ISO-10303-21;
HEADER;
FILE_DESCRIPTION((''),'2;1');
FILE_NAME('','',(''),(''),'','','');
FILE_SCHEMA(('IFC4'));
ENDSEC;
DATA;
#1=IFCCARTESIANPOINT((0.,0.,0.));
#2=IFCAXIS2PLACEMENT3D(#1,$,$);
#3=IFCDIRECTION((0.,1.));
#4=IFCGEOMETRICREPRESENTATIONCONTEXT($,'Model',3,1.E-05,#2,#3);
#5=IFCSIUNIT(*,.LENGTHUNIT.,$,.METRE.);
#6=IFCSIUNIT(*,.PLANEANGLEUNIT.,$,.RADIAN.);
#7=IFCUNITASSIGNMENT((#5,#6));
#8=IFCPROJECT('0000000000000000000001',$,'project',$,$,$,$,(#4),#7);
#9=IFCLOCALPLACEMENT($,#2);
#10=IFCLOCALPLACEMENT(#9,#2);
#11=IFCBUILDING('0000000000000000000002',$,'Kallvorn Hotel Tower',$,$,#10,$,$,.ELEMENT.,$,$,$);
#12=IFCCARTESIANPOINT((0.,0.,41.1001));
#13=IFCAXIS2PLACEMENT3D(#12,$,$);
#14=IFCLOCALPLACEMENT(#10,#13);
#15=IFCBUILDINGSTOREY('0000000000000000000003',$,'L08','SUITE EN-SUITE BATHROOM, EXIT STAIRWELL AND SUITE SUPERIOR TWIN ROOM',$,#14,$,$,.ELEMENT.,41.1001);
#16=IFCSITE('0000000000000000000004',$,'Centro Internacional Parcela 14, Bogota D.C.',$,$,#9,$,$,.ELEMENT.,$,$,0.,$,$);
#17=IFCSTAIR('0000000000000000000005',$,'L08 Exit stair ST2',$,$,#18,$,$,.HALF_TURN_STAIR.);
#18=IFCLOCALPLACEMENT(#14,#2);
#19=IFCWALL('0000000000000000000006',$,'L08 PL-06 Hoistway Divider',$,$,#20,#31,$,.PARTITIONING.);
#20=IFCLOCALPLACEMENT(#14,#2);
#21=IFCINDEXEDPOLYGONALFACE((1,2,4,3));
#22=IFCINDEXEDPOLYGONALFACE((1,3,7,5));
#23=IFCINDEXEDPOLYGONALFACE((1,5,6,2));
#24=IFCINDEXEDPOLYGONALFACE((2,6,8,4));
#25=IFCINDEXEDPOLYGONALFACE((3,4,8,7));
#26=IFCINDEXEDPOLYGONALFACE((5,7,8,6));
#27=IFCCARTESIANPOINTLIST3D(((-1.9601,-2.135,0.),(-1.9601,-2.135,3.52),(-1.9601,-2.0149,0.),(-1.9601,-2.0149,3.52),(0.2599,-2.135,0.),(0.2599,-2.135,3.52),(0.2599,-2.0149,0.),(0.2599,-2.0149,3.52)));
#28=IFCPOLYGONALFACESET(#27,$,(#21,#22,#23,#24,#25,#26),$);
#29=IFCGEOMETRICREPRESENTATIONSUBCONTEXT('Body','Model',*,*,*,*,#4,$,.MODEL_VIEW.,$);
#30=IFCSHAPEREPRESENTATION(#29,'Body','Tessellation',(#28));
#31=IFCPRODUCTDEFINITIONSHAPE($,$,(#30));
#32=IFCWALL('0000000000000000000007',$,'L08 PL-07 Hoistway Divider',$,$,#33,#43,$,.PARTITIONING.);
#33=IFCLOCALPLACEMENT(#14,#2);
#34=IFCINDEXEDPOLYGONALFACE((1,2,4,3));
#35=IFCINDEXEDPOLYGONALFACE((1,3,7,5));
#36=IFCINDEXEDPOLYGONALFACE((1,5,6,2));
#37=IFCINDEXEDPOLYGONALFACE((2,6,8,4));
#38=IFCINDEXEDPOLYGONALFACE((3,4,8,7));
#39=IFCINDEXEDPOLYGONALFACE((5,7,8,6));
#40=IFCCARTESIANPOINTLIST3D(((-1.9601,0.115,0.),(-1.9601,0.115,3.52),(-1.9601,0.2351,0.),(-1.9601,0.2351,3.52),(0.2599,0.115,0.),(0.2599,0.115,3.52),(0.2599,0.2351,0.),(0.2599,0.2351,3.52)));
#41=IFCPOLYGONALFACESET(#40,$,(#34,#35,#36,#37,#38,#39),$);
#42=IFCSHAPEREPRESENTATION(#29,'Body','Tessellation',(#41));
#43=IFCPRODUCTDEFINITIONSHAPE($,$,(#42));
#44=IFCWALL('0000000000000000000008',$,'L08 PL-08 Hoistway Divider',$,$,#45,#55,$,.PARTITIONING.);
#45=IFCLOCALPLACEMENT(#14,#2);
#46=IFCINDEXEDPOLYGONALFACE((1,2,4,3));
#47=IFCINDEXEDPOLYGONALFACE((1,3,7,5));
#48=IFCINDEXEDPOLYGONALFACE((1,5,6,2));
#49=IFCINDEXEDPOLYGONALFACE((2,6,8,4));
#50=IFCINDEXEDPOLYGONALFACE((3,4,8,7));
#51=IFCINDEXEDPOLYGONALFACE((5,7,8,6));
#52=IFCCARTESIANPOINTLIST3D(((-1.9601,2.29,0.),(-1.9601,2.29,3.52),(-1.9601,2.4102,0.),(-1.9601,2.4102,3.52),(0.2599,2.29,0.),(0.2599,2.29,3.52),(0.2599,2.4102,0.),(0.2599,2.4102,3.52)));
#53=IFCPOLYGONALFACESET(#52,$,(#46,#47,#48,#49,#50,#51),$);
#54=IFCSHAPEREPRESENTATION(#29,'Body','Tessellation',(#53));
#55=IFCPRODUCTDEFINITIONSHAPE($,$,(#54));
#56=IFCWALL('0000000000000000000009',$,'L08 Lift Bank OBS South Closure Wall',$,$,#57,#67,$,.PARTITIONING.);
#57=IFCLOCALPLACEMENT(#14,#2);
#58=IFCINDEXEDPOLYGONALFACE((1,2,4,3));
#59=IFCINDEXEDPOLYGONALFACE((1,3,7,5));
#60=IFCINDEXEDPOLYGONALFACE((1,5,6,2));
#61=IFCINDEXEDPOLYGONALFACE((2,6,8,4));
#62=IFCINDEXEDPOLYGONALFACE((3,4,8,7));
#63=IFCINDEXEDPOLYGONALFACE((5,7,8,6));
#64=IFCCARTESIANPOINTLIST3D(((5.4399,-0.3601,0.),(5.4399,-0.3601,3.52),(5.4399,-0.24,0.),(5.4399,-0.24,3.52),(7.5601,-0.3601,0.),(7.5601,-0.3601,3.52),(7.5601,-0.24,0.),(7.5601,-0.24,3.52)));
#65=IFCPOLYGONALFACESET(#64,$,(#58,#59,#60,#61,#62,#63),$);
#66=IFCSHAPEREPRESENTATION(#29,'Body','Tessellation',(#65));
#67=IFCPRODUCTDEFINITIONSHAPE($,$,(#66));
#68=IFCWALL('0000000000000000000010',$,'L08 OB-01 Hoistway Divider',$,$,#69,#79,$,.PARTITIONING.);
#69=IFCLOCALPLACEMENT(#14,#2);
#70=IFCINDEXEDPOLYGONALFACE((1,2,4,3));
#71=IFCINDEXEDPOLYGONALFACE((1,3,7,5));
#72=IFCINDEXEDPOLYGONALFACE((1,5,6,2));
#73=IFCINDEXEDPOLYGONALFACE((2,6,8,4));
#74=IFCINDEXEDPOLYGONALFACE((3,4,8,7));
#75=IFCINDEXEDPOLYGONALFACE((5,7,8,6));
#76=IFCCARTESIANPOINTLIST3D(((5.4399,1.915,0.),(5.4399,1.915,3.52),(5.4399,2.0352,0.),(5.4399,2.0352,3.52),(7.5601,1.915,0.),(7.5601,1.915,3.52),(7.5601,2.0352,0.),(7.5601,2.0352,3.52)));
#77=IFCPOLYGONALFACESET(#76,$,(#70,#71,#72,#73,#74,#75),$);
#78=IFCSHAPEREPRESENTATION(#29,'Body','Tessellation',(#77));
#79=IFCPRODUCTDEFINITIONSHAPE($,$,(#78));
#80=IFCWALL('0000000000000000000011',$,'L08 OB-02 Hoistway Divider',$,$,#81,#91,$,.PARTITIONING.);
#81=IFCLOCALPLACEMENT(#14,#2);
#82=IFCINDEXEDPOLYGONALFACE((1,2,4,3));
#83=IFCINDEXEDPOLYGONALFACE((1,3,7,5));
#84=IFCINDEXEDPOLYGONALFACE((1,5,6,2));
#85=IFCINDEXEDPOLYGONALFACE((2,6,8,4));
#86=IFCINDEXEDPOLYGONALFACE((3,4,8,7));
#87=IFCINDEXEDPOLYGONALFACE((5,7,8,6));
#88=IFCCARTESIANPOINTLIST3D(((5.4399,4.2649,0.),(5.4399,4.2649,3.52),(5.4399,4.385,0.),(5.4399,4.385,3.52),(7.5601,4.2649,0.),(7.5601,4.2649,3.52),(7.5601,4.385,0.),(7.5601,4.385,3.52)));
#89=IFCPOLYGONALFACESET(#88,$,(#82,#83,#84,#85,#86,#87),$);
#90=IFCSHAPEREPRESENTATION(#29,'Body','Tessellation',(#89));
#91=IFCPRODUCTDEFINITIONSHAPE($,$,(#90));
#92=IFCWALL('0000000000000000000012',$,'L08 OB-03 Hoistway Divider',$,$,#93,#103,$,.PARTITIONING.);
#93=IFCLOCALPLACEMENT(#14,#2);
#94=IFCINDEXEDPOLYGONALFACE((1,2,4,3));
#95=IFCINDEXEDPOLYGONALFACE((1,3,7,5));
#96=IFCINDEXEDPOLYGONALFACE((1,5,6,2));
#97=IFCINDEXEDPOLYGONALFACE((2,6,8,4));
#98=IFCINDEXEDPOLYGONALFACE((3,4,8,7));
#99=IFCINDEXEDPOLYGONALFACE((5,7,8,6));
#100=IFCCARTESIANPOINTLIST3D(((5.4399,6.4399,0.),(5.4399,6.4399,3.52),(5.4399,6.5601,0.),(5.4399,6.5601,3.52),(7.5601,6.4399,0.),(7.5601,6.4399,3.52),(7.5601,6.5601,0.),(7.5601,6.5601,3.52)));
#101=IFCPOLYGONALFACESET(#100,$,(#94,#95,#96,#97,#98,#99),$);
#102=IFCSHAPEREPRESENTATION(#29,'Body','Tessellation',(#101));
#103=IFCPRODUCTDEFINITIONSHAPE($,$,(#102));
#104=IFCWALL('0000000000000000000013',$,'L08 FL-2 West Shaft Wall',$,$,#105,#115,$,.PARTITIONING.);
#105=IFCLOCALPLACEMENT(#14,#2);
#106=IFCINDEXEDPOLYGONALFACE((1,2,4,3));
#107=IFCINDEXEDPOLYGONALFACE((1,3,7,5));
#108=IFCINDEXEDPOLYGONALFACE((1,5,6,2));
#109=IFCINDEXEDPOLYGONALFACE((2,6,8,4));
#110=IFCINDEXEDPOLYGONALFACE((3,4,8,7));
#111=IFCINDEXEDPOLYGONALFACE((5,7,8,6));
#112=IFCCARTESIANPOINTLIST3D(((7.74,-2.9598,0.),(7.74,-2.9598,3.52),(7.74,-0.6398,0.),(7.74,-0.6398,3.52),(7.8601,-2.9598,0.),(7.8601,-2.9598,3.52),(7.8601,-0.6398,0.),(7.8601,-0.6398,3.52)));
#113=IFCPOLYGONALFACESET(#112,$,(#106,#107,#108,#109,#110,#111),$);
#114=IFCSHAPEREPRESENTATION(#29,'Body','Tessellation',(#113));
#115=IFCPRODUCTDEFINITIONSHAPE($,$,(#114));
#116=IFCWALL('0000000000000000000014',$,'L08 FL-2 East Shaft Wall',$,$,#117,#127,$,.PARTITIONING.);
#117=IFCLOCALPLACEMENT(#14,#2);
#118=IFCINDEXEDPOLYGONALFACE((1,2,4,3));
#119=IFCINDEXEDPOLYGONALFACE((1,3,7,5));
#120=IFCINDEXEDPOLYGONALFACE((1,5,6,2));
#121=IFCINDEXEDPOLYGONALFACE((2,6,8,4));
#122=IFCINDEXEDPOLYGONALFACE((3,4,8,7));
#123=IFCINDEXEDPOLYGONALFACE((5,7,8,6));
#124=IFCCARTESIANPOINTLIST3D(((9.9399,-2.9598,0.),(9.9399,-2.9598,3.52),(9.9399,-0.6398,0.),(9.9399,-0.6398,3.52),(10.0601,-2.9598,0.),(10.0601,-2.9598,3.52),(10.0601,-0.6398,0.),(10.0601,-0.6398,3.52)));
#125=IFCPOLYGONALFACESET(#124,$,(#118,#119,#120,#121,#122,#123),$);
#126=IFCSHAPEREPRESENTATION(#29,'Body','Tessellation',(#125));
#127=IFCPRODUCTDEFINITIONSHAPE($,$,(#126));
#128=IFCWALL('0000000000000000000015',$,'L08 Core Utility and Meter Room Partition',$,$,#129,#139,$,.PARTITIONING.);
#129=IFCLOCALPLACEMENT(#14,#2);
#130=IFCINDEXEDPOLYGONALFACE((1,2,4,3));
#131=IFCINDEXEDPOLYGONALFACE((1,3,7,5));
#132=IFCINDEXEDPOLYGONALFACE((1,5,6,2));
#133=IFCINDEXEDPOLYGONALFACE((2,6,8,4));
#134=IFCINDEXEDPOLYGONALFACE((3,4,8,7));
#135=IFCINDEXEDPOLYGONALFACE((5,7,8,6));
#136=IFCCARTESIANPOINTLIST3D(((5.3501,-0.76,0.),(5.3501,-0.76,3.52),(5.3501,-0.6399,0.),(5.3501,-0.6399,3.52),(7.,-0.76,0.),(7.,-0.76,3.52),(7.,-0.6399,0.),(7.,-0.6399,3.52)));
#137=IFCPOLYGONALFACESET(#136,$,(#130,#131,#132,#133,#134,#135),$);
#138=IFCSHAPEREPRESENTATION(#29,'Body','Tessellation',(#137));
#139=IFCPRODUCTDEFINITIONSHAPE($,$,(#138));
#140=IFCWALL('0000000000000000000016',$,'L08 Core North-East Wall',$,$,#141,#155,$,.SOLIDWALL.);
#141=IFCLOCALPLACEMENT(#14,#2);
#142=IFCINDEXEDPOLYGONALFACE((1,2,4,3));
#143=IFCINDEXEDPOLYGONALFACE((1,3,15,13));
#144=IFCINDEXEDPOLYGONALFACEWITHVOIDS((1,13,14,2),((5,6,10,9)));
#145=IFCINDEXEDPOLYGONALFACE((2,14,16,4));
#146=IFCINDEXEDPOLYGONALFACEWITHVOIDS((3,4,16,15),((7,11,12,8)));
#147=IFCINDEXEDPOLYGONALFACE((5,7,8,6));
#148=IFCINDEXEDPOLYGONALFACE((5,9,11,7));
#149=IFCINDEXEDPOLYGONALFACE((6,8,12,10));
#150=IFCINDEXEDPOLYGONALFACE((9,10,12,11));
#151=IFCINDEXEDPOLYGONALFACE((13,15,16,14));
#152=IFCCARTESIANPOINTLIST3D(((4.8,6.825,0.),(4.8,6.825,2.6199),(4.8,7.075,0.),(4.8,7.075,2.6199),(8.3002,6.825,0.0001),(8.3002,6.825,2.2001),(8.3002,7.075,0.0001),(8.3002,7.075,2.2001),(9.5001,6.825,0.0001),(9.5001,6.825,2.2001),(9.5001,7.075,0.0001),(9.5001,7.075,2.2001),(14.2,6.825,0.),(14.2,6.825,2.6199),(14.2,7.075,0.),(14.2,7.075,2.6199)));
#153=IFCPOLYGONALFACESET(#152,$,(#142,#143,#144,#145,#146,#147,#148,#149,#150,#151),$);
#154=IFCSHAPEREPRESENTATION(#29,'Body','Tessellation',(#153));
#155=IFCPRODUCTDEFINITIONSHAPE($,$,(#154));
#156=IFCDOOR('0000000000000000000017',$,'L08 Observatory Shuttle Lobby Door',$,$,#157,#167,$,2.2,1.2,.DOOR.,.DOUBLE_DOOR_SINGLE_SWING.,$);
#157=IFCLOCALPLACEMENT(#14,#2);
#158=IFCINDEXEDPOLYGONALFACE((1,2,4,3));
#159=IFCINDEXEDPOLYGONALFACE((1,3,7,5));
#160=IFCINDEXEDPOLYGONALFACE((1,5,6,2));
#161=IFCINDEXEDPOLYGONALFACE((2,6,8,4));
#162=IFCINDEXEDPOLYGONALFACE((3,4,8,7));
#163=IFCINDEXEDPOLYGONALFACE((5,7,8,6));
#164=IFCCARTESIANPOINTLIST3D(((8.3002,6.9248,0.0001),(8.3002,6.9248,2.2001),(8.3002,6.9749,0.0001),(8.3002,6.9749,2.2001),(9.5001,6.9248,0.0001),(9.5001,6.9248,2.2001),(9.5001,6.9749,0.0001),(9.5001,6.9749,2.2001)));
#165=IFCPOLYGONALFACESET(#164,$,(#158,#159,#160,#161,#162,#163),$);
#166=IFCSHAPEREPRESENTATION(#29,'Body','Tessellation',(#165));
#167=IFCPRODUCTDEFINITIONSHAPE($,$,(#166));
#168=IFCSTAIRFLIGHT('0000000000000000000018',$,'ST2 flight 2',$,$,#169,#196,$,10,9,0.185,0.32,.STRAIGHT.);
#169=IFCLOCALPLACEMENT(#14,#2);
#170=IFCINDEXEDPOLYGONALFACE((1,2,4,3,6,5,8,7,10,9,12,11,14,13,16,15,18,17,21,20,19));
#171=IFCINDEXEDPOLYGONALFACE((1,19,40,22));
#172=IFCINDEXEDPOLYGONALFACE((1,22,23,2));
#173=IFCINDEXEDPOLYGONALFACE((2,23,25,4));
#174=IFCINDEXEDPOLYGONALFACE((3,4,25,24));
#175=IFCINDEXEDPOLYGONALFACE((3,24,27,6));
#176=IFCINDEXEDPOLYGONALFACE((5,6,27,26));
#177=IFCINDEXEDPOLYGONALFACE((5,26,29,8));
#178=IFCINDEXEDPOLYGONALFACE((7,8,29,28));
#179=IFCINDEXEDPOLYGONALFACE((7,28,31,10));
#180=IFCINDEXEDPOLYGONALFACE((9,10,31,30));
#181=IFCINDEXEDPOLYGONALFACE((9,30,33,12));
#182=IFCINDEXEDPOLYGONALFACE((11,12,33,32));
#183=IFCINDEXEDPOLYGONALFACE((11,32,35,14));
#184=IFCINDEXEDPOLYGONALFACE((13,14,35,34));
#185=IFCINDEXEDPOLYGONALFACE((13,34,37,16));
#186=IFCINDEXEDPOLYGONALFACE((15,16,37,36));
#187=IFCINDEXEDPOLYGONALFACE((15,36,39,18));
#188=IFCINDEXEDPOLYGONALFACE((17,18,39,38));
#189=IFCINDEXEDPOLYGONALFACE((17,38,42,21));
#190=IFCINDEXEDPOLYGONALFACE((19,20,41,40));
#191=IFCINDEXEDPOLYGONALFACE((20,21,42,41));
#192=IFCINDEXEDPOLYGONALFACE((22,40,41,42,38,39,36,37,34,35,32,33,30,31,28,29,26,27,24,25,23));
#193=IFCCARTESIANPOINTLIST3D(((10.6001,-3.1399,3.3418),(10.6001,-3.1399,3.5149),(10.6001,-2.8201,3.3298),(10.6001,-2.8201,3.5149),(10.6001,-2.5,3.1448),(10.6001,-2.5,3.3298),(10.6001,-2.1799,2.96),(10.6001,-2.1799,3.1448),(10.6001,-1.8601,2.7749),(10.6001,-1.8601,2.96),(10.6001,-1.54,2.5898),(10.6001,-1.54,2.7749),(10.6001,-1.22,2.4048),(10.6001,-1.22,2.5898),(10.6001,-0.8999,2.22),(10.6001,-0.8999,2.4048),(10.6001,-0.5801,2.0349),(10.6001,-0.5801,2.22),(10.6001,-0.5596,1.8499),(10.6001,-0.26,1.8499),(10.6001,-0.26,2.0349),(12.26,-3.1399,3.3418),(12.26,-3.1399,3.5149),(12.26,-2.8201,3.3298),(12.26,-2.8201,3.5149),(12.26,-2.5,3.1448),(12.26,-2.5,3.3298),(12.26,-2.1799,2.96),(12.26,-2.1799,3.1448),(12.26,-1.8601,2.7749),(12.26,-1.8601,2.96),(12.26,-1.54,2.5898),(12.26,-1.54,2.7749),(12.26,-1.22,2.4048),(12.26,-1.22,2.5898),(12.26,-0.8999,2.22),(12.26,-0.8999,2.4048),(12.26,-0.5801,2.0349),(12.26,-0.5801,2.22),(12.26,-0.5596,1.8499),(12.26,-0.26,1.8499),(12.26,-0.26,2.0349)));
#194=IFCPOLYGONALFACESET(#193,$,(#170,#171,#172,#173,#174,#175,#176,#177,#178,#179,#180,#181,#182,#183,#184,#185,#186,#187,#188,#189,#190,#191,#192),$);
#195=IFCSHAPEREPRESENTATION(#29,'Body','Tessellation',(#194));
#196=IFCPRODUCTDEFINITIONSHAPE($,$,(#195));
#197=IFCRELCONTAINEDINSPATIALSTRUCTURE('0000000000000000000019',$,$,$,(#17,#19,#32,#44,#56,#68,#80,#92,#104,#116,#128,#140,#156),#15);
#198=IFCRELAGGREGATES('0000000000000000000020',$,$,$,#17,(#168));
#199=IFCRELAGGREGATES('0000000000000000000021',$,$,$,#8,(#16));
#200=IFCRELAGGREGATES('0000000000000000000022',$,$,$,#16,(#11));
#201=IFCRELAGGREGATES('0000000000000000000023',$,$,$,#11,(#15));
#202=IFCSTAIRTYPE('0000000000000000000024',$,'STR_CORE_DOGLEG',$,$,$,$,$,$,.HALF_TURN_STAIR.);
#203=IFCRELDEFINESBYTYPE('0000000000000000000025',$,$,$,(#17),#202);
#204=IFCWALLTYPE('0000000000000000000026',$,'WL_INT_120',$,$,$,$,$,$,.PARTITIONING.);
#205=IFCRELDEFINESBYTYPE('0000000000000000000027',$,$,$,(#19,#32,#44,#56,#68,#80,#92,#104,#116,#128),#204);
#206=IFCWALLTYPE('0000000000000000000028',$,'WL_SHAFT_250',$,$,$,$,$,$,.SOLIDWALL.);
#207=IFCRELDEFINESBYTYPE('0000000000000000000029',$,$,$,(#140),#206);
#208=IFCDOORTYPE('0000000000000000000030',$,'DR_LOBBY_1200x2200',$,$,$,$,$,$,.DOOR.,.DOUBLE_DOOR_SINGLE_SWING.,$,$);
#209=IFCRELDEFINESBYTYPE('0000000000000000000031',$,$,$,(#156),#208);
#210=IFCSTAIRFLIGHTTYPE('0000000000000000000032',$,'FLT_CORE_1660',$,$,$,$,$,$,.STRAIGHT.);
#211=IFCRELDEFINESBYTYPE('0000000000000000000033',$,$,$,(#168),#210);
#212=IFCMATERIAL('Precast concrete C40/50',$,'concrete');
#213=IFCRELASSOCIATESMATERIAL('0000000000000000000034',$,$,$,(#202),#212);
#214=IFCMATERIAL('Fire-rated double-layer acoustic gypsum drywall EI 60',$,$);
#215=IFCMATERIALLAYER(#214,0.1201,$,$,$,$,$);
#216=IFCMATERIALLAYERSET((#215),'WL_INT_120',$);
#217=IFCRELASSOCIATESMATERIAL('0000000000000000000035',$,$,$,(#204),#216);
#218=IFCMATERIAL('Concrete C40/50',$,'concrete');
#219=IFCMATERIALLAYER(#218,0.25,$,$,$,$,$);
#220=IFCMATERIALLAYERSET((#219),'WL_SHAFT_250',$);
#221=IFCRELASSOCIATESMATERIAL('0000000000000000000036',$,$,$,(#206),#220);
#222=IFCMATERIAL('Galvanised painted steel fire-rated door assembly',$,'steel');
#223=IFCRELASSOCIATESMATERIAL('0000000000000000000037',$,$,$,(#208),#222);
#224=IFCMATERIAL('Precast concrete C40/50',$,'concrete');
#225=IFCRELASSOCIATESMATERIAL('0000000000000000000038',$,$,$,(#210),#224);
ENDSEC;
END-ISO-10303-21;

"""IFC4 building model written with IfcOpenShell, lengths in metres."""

from ifc_helpers import new_model, si_unit, direction, frame, frame_2d, origin, place, context, subcontext, project, spatial, polyline, rectangle, outline, extrude, material, layer, layer_set, type_object, element, fill, aggregate, save


model = new_model("IFC4")

# Units and contexts
model_context = context("Model", 3, precision=1e-05, world=origin(), true_north=direction((0.0, 1.0)))
body_context = subcontext(model_context, "Body", "Model", "MODEL_VIEW")
ifc_project = project(units=[si_unit("LENGTHUNIT", "METRE"), si_unit("PLANEANGLEUNIT", "RADIAN")], contexts=[model_context])

# Site, building, storey
site_placement = place(None, origin())
site = spatial("IfcSite", under=ifc_project, at=site_placement, Name="Centro Internacional Parcela 14, Bogota D.C.", CompositionType="ELEMENT", RefElevation=0.0)
building_placement = place(site_placement, origin())
building = spatial("IfcBuilding", under=site, at=building_placement, Name="Kallvorn Hotel Tower", CompositionType="ELEMENT")
storey_placement = place(building_placement, frame((0.0, 0.0, 41.1001)))
storey = spatial("IfcBuildingStorey", under=building, at=storey_placement, Name="L08", Description="SUITE EN-SUITE BATHROOM, EXIT STAIRWELL AND SUITE SUPERIOR TWIN ROOM", CompositionType="ELEMENT", Elevation=41.1001)

# Stair
ifc_material_1 = material(Name="Precast concrete C40/50", Category="concrete")
stair_type = type_object("IfcStairType", Name="STR_CORE_DOGLEG", PredefinedType="HALF_TURN_STAIR", material=ifc_material_1)
stair_1_placement = place(storey_placement, origin())
stair_1 = element("IfcStair", 1, at=stair_1_placement, inside=storey, type_object=stair_type, Name="L08 Exit stair ST2", PredefinedType="HALF_TURN_STAIR")

# Walls
ifc_material_2 = material(Name="Fire-rated double-layer acoustic gypsum drywall EI 60")
ifc_layer_1 = layer(ifc_material_2, 0.1201)
ifc_layer_set_1 = layer_set([ifc_layer_1], Name="WL_INT_120")
wall_type_1 = type_object("IfcWallType", Name="WL_INT_120", PredefinedType="PARTITIONING", material=ifc_layer_set_1)
for number, where, z_axis, x_axis, name in (
    (2, (-1.96, -2.075, 0.0), (0.0, 0.0, 1.0), (1.0, 0.0, 0.0), "L08 PL-06 Hoistway Divider"),
    (3, (-1.96, 0.175, 0.0), (0.0, 0.0, 1.0), (1.0, 0.0, 0.0), "L08 PL-07 Hoistway Divider"),
    (4, (-1.96, 2.3501, 0.0), (0.0, 0.0, 1.0), (1.0, 0.0, 0.0), "L08 PL-08 Hoistway Divider"),
):
    element("IfcWall", number, at=place(storey_placement, frame(where, z_axis=z_axis, x_axis=x_axis)), inside=storey, type_object=wall_type_1, Name=name, PredefinedType="PARTITIONING", context=body_context, shape_type="SweptSolid", body=[
        extrude(rectangle(XDim=2.22, YDim=0.1201, at=frame_2d((1.1099, 0.0))), origin(), (0.0, 0.0, 1.0), 3.52),
    ])
for number, where, z_axis, x_axis, name in (
    (5, (5.4399, -0.3, 0.0), (0.0, 0.0, 1.0), (1.0, 0.0, 0.0), "L08 Lift Bank OBS South Closure Wall"),
    (6, (5.4399, 1.9751, 0.0), (0.0, 0.0, 1.0), (1.0, 0.0, 0.0), "L08 OB-01 Hoistway Divider"),
    (7, (5.4399, 4.325, 0.0), (0.0, 0.0, 1.0), (1.0, 0.0, 0.0), "L08 OB-02 Hoistway Divider"),
    (8, (5.4399, 6.5, 0.0), (0.0, 0.0, 1.0), (1.0, 0.0, 0.0), "L08 OB-03 Hoistway Divider"),
):
    element("IfcWall", number, at=place(storey_placement, frame(where, z_axis=z_axis, x_axis=x_axis)), inside=storey, type_object=wall_type_1, Name=name, PredefinedType="PARTITIONING", context=body_context, shape_type="SweptSolid", body=[
        extrude(rectangle(XDim=2.1201, YDim=0.1201, at=frame_2d((1.0601, 0.0))), origin(), (0.0, 0.0, 1.0), 3.52),
    ])
for number, where, z_axis, x_axis, name in (
    (9, (7.8, -2.96, 0.0), (0.0, 0.0, 1.0), (0.0, 1.0, 0.0), "L08 FL-2 West Shaft Wall"),
    (10, (10.0, -2.96, 0.0), (0.0, 0.0, 1.0), (0.0, 1.0, 0.0), "L08 FL-2 East Shaft Wall"),
):
    element("IfcWall", number, at=place(storey_placement, frame(where, z_axis=z_axis, x_axis=x_axis)), inside=storey, type_object=wall_type_1, Name=name, PredefinedType="PARTITIONING", context=body_context, shape_type="SweptSolid", body=[
        extrude(rectangle(XDim=2.3201, YDim=0.1201, at=frame_2d((1.1602, 0.0))), origin(), (0.0, 0.0, 1.0), 3.52),
    ])
wall_1_placement = place(storey_placement, frame((5.3501, -0.7, 0.0), z_axis=(0.0, 0.0, 1.0), x_axis=(1.0, 0.0, 0.0)))
element("IfcWall", 11, at=wall_1_placement, inside=storey, type_object=wall_type_1, Name="L08 Core Utility and Meter Room Partition", PredefinedType="PARTITIONING", context=body_context, shape_type="SweptSolid", body=[
    extrude(rectangle(XDim=1.6499, YDim=0.1201, at=frame_2d((0.825, 0.0))), origin(), (0.0, 0.0, 1.0), 3.52),
])

# Wall, opening, door
ifc_material_3 = material(Name="Concrete C40/50", Category="concrete")
ifc_layer_2 = layer(ifc_material_3, 0.25)
ifc_layer_set_2 = layer_set([ifc_layer_2], Name="WL_SHAFT_250")
wall_type_2 = type_object("IfcWallType", Name="WL_SHAFT_250", PredefinedType="SOLIDWALL", material=ifc_layer_set_2)
wall_2_placement = place(storey_placement, frame((4.8, 6.95, 0.0), z_axis=(0.0, 0.0, 1.0), x_axis=(1.0, 0.0, 0.0)))
wall_2 = element("IfcWall", 12, at=wall_2_placement, inside=storey, type_object=wall_type_2, Name="L08 Core North-East Wall", PredefinedType="SOLIDWALL", context=body_context, shape_type="SweptSolid", body=[
    extrude(rectangle(XDim=9.3999, YDim=0.25, at=frame_2d((4.7, 0.0))), origin(), (0.0, 0.0, 1.0), 2.6199),
])
opening_placement = place(wall_2_placement, frame((3.5, 0.0, 0.0)))
opening = element("IfcOpeningElement", 13, at=opening_placement, cuts=wall_2, PredefinedType="OPENING", context=body_context, shape_type="SweptSolid", body=[
    extrude(rectangle(XDim=1.2, YDim=2.2, at=frame_2d((0.6001, 1.1001))), frame((0.0, 0.1399, 0.0), z_axis=(0.0, -1.0, 0.0), x_axis=(1.0, 0.0, 0.0)), (0.0, 0.0, 1.0), 0.28),
])
ifc_material_4 = material(Name="Galvanised painted steel fire-rated door assembly", Category="steel")
door_type = type_object("IfcDoorType", Name="DR_LOBBY_1200x2200", OperationType="DOUBLE_DOOR_SINGLE_SWING", PredefinedType="DOOR", material=ifc_material_4)
door_placement = place(opening_placement, origin())
door = element("IfcDoor", 14, at=door_placement, inside=storey, type_object=door_type, Name="L08 Observatory Shuttle Lobby Door", OperationType="DOUBLE_DOOR_SINGLE_SWING", OverallHeight=2.2, OverallWidth=1.2, PredefinedType="DOOR", context=body_context, shape_type="SweptSolid", body=[
    extrude(rectangle(XDim=1.2, YDim=2.2, at=frame_2d((0.6001, 1.1001))), frame((0.0, 0.0249, 0.0), z_axis=(0.0, -1.0, 0.0), x_axis=(1.0, 0.0, 0.0)), (0.0, 0.0, 1.0), 0.05),
])
fill(opening, door)

# Stair flight
ifc_material_5 = material(Name="Precast concrete C40/50", Category="concrete")
stair_flight_type = type_object("IfcStairFlightType", Name="FLT_CORE_1660", PredefinedType="STRAIGHT", material=ifc_material_5)
stair_flight_1_placement = place(storey_placement, frame((11.4299, -0.26, 1.8499), z_axis=(0.0, 0.0, 1.0), x_axis=(0.0, -1.0, 0.0)))
stair_flight_1 = element("IfcStairFlight", 15, at=stair_flight_1_placement, type_object=stair_flight_type, Name="ST2 flight 2", NumberOfRisers=10, NumberOfTreads=9, PredefinedType="STRAIGHT", RiserHeight=0.185, TreadLength=0.32, context=body_context, shape_type="SweptSolid", body=[
    extrude(outline(polyline([(0.0, 0.0), (0.0, 0.1851), (0.3201, 0.1851), (0.3201, 0.3701), (0.6399, 0.3701), (0.6399, 0.5549), (0.96, 0.5549), (0.96, 0.74), (1.28, 0.74), (1.28, 0.925), (1.6001, 0.925), (1.6001, 1.1101), (1.9199, 1.1101), (1.9199, 1.2949), (2.24, 1.2949), (2.24, 1.48), (2.5601, 1.48), (2.5601, 1.665), (2.8799, 1.665), (2.8799, 1.8501), (2.8799, 1.4919), (0.2996, 0.0), (0.0, 0.0)])), frame((0.0, 0.8301, 0.0), z_axis=(0.0, -1.0, 0.0), x_axis=(1.0, 0.0, 0.0)), (0.0, 0.0, 1.0), 1.6599),
])
aggregate(stair_1, [stair_flight_1])

save(model, "model.ifc")
